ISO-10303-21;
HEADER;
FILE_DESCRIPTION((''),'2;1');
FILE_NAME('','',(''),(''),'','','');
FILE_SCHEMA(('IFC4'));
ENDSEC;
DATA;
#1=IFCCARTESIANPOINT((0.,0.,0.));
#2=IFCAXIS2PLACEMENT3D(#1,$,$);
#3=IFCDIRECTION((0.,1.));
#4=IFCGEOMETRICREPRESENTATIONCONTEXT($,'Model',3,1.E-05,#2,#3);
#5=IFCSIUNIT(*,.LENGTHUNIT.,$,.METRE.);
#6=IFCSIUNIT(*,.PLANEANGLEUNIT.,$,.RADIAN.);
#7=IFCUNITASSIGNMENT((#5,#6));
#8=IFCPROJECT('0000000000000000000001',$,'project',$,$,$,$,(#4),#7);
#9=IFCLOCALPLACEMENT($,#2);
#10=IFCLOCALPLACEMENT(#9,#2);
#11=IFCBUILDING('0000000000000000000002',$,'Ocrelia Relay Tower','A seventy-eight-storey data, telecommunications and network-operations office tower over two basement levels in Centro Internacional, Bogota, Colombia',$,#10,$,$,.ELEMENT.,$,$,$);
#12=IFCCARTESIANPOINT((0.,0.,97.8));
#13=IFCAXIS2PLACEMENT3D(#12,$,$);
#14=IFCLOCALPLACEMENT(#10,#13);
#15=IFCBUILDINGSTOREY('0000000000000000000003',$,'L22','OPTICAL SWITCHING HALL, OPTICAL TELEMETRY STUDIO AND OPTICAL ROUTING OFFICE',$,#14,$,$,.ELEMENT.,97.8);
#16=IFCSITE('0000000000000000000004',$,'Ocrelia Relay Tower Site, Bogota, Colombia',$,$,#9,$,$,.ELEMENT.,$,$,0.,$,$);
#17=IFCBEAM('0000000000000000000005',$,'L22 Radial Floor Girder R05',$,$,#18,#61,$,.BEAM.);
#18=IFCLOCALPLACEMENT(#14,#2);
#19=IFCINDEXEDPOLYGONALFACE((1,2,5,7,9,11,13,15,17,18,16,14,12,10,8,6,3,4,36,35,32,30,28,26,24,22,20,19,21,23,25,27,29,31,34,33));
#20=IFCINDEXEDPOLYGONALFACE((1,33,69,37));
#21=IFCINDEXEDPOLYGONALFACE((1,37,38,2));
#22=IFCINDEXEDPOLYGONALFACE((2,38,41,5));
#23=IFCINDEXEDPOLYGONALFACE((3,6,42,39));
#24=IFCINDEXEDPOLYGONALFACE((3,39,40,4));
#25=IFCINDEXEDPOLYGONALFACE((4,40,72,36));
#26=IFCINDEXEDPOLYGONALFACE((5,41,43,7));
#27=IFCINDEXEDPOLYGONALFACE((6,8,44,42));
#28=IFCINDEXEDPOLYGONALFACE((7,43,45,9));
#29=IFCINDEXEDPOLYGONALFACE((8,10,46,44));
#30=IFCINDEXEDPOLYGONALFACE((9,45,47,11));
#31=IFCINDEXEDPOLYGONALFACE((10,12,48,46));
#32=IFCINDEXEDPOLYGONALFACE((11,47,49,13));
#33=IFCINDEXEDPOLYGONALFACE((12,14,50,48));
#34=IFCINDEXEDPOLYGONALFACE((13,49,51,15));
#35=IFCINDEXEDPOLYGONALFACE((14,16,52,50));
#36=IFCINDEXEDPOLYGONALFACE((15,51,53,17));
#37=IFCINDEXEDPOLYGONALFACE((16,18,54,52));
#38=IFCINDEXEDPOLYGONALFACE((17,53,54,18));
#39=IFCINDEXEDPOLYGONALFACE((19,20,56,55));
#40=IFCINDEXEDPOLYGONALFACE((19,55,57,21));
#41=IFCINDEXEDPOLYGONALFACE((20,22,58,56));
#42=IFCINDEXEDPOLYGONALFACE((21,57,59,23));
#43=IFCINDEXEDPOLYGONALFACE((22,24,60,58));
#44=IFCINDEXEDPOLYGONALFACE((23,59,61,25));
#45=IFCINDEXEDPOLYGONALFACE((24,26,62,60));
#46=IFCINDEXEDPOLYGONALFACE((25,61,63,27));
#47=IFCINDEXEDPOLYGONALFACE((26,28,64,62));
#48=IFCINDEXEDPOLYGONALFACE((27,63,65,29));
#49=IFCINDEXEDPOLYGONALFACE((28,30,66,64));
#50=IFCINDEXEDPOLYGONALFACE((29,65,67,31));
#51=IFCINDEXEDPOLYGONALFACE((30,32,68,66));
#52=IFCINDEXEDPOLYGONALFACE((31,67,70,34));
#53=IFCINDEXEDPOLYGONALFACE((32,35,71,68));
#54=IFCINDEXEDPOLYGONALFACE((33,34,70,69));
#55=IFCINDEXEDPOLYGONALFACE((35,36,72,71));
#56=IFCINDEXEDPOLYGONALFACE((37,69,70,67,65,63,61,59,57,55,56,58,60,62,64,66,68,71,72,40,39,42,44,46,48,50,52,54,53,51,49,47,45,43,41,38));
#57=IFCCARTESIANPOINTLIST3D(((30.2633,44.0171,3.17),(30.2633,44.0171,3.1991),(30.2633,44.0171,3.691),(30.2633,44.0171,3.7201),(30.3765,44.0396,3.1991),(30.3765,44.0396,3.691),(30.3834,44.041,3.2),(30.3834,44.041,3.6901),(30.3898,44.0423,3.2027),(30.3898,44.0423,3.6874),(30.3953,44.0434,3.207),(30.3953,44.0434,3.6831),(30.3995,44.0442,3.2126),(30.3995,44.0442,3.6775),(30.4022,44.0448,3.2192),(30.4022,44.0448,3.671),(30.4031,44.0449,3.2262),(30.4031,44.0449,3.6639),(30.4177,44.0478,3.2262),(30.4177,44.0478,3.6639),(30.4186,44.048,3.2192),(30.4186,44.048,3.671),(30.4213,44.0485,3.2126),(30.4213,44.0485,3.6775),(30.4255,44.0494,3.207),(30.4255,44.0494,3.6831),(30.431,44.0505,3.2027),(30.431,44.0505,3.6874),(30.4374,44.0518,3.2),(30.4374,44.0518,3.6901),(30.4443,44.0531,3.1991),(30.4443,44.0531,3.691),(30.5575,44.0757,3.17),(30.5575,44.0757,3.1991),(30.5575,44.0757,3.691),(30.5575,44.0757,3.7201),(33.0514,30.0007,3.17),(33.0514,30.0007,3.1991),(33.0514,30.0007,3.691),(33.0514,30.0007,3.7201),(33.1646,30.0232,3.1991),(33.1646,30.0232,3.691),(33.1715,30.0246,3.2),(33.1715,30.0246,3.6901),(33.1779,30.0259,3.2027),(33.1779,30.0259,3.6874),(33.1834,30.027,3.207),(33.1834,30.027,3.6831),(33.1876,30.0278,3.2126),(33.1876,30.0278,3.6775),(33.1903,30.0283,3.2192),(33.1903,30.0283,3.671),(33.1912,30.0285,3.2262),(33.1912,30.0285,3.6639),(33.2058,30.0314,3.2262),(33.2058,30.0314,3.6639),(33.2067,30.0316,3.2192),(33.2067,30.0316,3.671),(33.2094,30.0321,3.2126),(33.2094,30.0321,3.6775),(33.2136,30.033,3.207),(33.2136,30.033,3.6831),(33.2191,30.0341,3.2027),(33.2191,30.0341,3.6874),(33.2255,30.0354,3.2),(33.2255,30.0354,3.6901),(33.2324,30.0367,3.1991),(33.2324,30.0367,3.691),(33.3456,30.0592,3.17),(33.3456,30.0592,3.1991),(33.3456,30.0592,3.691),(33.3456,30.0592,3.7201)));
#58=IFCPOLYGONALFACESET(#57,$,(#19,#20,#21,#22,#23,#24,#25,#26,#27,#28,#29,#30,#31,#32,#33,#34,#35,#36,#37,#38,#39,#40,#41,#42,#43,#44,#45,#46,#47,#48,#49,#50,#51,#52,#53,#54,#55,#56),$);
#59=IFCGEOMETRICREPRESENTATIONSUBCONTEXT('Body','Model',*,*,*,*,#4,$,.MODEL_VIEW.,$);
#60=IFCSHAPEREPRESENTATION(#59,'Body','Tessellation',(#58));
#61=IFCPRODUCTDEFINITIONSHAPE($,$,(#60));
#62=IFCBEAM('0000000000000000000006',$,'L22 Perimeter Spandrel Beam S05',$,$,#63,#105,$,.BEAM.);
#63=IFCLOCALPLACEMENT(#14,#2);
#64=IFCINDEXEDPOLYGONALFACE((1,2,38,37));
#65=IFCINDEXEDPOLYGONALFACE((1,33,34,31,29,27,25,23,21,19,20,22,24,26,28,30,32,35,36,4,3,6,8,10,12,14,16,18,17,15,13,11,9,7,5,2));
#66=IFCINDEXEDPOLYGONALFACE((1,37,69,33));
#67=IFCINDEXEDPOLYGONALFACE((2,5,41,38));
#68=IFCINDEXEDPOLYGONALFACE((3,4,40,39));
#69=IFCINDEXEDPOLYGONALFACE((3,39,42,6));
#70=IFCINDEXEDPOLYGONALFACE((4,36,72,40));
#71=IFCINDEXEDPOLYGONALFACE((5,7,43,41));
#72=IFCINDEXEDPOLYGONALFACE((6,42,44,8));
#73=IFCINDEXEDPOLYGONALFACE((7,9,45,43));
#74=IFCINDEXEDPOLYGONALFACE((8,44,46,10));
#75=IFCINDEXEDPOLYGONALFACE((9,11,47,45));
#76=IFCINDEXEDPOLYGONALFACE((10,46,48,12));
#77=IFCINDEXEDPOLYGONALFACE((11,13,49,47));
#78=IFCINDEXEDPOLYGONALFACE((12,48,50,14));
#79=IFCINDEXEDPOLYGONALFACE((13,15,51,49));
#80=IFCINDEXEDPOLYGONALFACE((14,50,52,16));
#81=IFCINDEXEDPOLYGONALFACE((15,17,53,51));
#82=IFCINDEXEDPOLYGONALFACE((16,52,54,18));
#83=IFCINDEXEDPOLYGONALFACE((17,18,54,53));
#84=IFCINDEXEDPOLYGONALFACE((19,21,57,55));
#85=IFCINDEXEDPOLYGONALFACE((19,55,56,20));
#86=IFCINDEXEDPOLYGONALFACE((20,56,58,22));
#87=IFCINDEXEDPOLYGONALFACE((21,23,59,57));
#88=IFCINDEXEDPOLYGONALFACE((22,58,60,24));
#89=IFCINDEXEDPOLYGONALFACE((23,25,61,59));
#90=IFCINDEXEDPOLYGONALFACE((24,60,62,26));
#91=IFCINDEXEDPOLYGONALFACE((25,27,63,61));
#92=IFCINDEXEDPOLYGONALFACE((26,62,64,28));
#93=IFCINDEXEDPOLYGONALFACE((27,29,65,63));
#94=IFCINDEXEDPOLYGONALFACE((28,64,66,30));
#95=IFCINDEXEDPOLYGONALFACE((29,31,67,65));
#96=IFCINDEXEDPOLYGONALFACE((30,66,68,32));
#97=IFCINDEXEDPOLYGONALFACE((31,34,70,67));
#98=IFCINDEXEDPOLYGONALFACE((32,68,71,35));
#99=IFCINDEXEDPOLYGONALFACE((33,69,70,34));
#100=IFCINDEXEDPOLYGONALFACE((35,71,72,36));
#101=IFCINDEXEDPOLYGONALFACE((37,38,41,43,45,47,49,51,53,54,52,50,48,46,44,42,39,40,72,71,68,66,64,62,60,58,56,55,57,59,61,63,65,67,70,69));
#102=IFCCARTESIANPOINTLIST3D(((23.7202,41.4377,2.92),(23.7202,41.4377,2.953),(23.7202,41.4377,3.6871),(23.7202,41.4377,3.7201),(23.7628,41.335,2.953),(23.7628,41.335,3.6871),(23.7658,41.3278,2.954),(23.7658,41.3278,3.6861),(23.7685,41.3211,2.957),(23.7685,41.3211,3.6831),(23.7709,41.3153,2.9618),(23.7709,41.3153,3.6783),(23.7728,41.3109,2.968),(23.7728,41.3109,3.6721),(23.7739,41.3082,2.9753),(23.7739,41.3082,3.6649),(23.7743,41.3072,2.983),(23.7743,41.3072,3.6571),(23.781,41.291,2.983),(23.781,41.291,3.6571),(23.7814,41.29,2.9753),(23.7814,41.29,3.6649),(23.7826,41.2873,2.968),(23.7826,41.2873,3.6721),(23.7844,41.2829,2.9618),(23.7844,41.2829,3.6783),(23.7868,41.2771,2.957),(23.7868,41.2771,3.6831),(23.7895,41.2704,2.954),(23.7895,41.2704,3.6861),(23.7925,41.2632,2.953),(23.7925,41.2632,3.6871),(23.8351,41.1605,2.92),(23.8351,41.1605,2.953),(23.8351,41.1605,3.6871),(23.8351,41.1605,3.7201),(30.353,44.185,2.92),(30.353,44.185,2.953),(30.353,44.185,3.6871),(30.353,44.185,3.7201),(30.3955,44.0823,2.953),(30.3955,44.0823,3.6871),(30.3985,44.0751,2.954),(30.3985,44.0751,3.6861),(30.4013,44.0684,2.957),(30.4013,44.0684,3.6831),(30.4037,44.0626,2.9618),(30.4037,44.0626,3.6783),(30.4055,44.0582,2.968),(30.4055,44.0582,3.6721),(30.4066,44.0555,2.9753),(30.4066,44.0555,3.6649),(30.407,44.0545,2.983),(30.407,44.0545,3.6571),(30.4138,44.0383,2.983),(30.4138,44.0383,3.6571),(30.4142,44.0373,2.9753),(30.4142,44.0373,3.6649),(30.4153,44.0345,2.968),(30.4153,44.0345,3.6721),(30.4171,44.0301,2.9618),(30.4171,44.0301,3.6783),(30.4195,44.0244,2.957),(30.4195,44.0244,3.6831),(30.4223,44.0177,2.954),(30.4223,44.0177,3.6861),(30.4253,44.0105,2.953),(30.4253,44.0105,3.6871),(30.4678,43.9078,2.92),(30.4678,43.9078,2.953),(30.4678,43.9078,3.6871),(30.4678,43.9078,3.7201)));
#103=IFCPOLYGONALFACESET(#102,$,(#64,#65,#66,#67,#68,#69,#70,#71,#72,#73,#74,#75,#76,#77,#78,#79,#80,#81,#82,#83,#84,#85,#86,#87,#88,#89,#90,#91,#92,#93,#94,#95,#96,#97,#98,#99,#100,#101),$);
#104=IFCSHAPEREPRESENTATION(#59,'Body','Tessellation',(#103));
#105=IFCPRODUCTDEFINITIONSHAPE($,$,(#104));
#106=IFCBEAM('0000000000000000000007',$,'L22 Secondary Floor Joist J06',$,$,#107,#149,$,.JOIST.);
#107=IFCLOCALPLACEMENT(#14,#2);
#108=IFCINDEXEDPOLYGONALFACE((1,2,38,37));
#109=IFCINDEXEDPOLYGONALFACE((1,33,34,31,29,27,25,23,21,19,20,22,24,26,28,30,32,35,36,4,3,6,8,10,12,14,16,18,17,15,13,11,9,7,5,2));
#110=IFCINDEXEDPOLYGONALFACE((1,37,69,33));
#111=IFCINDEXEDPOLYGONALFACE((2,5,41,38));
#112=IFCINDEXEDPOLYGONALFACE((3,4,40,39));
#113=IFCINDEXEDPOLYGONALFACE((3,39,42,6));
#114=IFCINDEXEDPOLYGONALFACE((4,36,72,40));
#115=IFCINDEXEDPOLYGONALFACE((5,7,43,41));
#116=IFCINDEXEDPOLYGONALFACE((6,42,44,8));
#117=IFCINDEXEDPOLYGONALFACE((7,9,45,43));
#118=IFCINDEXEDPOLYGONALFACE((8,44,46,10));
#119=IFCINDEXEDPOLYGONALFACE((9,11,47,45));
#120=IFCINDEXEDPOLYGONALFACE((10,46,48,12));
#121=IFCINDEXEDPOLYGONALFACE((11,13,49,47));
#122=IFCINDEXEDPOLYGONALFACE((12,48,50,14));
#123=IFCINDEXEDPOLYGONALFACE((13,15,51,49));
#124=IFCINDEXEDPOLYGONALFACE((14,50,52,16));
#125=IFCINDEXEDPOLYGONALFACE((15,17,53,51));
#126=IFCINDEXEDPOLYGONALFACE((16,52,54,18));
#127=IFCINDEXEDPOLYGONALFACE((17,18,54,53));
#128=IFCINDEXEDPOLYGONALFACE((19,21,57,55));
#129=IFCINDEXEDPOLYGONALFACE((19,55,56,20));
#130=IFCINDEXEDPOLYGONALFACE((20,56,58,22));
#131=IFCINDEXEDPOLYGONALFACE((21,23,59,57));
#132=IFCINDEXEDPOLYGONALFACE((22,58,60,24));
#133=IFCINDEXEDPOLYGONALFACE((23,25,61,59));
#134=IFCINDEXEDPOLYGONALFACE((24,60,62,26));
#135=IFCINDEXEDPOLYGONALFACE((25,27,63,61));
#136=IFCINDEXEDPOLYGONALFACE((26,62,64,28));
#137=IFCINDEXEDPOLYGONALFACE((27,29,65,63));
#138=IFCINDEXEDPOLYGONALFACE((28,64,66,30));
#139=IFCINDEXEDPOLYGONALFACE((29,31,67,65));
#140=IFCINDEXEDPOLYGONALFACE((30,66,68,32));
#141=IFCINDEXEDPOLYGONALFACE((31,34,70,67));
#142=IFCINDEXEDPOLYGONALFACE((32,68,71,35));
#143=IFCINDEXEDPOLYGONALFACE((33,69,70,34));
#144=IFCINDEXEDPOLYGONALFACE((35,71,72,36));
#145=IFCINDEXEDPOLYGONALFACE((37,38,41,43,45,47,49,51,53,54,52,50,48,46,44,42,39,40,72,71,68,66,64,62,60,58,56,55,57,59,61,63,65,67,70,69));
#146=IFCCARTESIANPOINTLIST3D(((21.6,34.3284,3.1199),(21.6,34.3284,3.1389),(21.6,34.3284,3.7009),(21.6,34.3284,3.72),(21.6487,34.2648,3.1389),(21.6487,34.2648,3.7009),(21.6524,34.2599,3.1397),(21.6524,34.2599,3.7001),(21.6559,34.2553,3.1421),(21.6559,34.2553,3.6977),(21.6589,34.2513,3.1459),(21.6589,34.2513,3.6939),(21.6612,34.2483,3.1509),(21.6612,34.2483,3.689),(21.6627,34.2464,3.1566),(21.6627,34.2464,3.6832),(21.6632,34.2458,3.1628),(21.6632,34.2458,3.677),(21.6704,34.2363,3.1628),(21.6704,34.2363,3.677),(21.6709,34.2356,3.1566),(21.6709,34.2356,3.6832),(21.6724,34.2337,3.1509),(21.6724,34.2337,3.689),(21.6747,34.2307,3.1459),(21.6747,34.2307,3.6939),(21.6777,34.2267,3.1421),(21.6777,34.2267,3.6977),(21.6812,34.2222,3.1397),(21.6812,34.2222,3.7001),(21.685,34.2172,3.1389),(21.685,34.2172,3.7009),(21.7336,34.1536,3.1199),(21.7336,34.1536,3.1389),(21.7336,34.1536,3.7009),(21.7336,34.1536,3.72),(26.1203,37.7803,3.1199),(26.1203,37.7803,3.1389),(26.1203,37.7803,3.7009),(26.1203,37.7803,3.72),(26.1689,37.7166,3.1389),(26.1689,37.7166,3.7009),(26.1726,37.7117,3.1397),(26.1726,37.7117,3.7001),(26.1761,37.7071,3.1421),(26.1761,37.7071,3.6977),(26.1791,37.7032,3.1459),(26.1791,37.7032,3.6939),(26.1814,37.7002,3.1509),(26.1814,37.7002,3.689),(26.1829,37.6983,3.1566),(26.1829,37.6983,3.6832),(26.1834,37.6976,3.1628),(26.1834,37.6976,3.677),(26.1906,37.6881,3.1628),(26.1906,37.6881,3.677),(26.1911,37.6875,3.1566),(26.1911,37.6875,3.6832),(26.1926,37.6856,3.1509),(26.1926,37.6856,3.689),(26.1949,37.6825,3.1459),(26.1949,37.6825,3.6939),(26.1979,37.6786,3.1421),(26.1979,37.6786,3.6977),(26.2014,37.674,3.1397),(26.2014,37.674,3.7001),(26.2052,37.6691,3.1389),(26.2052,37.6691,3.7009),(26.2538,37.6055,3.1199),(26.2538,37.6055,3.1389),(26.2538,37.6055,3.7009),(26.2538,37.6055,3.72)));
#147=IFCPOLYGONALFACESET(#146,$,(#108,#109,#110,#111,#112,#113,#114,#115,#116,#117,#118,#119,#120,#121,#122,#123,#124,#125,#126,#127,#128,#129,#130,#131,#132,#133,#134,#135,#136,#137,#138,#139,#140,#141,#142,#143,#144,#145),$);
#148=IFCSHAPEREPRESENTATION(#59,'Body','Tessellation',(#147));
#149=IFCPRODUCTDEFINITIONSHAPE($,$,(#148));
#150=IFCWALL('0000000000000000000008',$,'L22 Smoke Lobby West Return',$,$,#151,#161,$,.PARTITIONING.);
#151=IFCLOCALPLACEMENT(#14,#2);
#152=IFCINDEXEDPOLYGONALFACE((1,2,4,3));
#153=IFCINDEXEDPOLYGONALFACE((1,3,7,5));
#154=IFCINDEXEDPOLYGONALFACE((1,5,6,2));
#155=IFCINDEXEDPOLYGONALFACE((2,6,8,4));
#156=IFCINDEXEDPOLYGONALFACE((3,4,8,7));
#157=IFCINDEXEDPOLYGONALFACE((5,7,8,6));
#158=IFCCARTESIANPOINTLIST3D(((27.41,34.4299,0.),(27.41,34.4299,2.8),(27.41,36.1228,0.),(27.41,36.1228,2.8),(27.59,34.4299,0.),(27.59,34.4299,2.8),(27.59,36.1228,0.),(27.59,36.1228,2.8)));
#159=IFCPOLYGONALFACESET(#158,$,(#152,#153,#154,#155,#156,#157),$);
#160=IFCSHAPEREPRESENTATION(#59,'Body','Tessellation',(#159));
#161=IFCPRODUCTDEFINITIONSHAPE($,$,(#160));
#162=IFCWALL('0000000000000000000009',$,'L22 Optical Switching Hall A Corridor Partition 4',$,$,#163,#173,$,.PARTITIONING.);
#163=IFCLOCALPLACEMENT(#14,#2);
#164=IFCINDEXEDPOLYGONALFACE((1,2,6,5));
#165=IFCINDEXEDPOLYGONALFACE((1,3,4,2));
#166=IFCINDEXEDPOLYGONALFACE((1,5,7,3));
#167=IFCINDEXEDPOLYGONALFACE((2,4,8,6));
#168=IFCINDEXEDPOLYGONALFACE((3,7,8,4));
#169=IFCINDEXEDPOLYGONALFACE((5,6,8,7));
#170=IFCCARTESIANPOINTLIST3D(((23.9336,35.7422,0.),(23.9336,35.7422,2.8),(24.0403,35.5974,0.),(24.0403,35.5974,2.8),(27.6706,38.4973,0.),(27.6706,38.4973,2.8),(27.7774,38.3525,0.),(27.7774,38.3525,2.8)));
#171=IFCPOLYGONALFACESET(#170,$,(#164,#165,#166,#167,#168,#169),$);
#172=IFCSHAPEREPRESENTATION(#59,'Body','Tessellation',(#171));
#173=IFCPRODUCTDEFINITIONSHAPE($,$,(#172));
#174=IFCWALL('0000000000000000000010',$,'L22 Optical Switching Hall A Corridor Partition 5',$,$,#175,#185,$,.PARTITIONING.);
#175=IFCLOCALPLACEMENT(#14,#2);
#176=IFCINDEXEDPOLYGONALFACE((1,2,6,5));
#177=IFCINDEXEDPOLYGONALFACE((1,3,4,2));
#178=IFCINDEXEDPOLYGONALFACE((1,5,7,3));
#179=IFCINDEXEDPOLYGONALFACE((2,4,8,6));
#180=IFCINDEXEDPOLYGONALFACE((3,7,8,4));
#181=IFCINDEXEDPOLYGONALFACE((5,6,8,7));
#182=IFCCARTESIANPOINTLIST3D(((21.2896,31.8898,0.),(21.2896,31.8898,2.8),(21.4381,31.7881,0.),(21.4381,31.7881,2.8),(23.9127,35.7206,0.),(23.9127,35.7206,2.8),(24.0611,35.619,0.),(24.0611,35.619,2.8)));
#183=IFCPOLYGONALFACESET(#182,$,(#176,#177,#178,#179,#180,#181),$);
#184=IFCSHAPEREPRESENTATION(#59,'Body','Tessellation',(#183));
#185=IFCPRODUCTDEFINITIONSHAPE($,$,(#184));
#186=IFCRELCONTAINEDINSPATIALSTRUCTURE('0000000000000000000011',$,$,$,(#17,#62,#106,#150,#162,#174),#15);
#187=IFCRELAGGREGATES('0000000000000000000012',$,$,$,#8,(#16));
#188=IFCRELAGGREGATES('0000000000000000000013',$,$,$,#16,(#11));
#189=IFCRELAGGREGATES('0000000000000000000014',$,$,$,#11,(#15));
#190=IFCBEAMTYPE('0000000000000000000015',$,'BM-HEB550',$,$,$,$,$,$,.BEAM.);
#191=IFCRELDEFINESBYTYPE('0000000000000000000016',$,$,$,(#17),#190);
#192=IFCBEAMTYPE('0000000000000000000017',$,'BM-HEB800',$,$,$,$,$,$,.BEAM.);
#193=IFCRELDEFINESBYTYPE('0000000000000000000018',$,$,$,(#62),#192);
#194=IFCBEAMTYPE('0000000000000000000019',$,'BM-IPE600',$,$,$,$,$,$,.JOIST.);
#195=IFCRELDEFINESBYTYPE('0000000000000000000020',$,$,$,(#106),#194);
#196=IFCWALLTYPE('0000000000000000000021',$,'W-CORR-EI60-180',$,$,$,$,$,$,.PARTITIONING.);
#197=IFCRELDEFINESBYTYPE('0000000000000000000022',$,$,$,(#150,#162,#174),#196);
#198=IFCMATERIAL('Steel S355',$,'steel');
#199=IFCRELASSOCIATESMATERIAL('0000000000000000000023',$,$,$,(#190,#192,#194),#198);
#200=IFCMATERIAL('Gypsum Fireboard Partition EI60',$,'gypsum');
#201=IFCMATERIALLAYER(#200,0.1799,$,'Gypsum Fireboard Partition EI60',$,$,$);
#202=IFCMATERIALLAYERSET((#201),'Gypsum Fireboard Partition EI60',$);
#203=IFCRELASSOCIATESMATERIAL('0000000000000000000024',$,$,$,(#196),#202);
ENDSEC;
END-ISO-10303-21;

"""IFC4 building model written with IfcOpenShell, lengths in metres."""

from ifc_helpers import new_model, si_unit, direction, frame, frame_2d, origin, origin_2d, place, context, subcontext, project, spatial, rectangle, i_section, extrude, material, layer, layer_set, material_profile, profile_set, type_object, element, save


model = new_model("IFC4")

# Units and contexts
model_context = context("Model", 3, precision=1e-05, world=origin(), true_north=direction((0.0, 1.0)))
body_context = subcontext(model_context, "Body", "Model", "MODEL_VIEW")
ifc_project = project(units=[si_unit("LENGTHUNIT", "METRE"), si_unit("PLANEANGLEUNIT", "RADIAN")], contexts=[model_context])

# Site, building, storey
site_placement = place(None, origin())
site = spatial("IfcSite", under=ifc_project, at=site_placement, Name="Ocrelia Relay Tower Site, Bogota, Colombia", CompositionType="ELEMENT", RefElevation=0.0)
building_placement = place(site_placement, origin())
building = spatial("IfcBuilding", under=site, at=building_placement, Name="Ocrelia Relay Tower", Description="A seventy-eight-storey data, telecommunications and network-operations office tower over two basement levels in Centro Internacional, Bogota, Colombia", CompositionType="ELEMENT")
storey_placement = place(building_placement, frame((0.0, 0.0, 97.8)))
storey = spatial("IfcBuildingStorey", under=building, at=storey_placement, Name="L22", Description="OPTICAL SWITCHING HALL, OPTICAL TELEMETRY STUDIO AND OPTICAL ROUTING OFFICE", CompositionType="ELEMENT", Elevation=97.8)

# Beams
ifc_material_1 = material(Name="Steel S355", Category="steel")
ifc_material_profile_1 = material_profile(ifc_material_1, i_section(OverallWidth=0.3, OverallDepth=0.55, WebThickness=0.0149, FlangeThickness=0.0291, FilletRadius=0.0271, at=origin_2d()), Name="HEB 550")
ifc_profile_set_1 = profile_set([ifc_material_profile_1], Name="Steel S355")
beam_type_1 = type_object("IfcBeamType", Name="BM-HEB550", PredefinedType="BEAM", material=ifc_profile_set_1)
beam_1_placement = place(storey_placement, frame((30.4104, 44.0464, 3.4451), z_axis=(0.195094, -0.980784, 0.0), x_axis=(0.980784, 0.195094, 0.0)))
element("IfcBeam", 1, at=beam_1_placement, inside=storey, type_object=beam_type_1, Name="L22 Radial Floor Girder R05", PredefinedType="BEAM", context=body_context, shape_type="SweptSolid", body=[
    extrude(i_section(OverallWidth=0.3, OverallDepth=0.55, WebThickness=0.0149, FlangeThickness=0.0291, FilletRadius=0.0271, at=origin_2d()), origin(), (0.0, 0.0, 1.0), 14.291),
])
ifc_material_profile_2 = material_profile(ifc_material_1, i_section(OverallWidth=0.3, OverallDepth=0.8, WebThickness=0.0176, FlangeThickness=0.033, FilletRadius=0.03, at=origin_2d()), Name="HEB 800")
ifc_profile_set_2 = profile_set([ifc_material_profile_2], Name="Steel S355")
beam_type_2 = type_object("IfcBeamType", Name="BM-HEB800", PredefinedType="BEAM", material=ifc_profile_set_2)
beam_2_placement = place(storey_placement, frame((30.4104, 44.0464, 3.3201), z_axis=(-0.923884, -0.382673, 0.0), x_axis=(0.382673, -0.923884, 0.0)))
element("IfcBeam", 2, at=beam_2_placement, inside=storey, type_object=beam_type_2, Name="L22 Perimeter Spandrel Beam S05", PredefinedType="BEAM", context=body_context, shape_type="SweptSolid", body=[
    extrude(i_section(OverallWidth=0.3, OverallDepth=0.8, WebThickness=0.0176, FlangeThickness=0.033, FilletRadius=0.03, at=origin_2d()), origin(), (0.0, 0.0, 1.0), 7.1792),
])
ifc_material_profile_3 = material_profile(ifc_material_1, i_section(OverallWidth=0.22, OverallDepth=0.6001, WebThickness=0.012, FlangeThickness=0.019, FilletRadius=0.0239, at=origin_2d()), Name="IPE 600")
ifc_profile_set_3 = profile_set([ifc_material_profile_3], Name="Steel S355")
beam_type_3 = type_object("IfcBeamType", Name="BM-IPE600", PredefinedType="JOIST", material=ifc_profile_set_3)
beam_3_placement = place(storey_placement, frame((26.187, 37.6929, 3.4199), z_axis=(-0.794762, -0.606921, 0.0), x_axis=(0.606921, -0.794762, 0.0)))
element("IfcBeam", 3, at=beam_3_placement, inside=storey, type_object=beam_type_3, Name="L22 Secondary Floor Joist J06", PredefinedType="JOIST", context=body_context, shape_type="SweptSolid", body=[
    extrude(i_section(OverallWidth=0.22, OverallDepth=0.6001, WebThickness=0.012, FlangeThickness=0.019, FilletRadius=0.0239, at=origin_2d()), origin(), (0.0, 0.0, 1.0), 5.6875),
])

# Wall
ifc_material_2 = material(Name="Gypsum Fireboard Partition EI60", Category="gypsum")
ifc_layer_1 = layer(ifc_material_2, 0.1799, Name="Gypsum Fireboard Partition EI60")
ifc_layer_set_1 = layer_set([ifc_layer_1], Name="Gypsum Fireboard Partition EI60")
wall_type_1 = type_object("IfcWallType", Name="W-CORR-EI60-180", PredefinedType="PARTITIONING", material=ifc_layer_set_1)
wall_1_placement = place(storey_placement, frame((27.5, 34.4299, 0.0), z_axis=(0.0, 0.0, 1.0), x_axis=(0.0, 1.0, 0.0)))
element("IfcWall", 4, at=wall_1_placement, inside=storey, type_object=wall_type_1, Name="L22 Smoke Lobby West Return", PredefinedType="PARTITIONING", context=body_context, shape_type="SweptSolid", body=[
    extrude(rectangle(XDim=1.6929, YDim=0.1799, at=frame_2d((0.8464, 0.0))), origin(), (0.0, 0.0, 1.0), 2.8),
])

# Walls
for number, where, z_axis, x_axis, name in (
    (5, (27.7239, 38.4248, 0.0), (0.0, 0.0, 1.0), (-0.804901, -0.593409, 0.0), "L22 Optical Switching Hall A Corridor Partition 4"),
    (6, (23.9868, 35.6697, 0.0), (0.0, 0.0, 1.0), (-0.564972, -0.82511, 0.0), "L22 Optical Switching Hall A Corridor Partition 5"),
):
    element("IfcWall", number, at=place(storey_placement, frame(where, z_axis=z_axis, x_axis=x_axis)), inside=storey, type_object=wall_type_1, Name=name, PredefinedType="PARTITIONING", context=body_context, shape_type="SweptSolid", body=[
        extrude(rectangle(XDim=4.6428, YDim=0.1799, at=frame_2d((2.3213, 0.0))), origin(), (0.0, 0.0, 1.0), 2.8),
    ])

save(model, "model.ifc")
